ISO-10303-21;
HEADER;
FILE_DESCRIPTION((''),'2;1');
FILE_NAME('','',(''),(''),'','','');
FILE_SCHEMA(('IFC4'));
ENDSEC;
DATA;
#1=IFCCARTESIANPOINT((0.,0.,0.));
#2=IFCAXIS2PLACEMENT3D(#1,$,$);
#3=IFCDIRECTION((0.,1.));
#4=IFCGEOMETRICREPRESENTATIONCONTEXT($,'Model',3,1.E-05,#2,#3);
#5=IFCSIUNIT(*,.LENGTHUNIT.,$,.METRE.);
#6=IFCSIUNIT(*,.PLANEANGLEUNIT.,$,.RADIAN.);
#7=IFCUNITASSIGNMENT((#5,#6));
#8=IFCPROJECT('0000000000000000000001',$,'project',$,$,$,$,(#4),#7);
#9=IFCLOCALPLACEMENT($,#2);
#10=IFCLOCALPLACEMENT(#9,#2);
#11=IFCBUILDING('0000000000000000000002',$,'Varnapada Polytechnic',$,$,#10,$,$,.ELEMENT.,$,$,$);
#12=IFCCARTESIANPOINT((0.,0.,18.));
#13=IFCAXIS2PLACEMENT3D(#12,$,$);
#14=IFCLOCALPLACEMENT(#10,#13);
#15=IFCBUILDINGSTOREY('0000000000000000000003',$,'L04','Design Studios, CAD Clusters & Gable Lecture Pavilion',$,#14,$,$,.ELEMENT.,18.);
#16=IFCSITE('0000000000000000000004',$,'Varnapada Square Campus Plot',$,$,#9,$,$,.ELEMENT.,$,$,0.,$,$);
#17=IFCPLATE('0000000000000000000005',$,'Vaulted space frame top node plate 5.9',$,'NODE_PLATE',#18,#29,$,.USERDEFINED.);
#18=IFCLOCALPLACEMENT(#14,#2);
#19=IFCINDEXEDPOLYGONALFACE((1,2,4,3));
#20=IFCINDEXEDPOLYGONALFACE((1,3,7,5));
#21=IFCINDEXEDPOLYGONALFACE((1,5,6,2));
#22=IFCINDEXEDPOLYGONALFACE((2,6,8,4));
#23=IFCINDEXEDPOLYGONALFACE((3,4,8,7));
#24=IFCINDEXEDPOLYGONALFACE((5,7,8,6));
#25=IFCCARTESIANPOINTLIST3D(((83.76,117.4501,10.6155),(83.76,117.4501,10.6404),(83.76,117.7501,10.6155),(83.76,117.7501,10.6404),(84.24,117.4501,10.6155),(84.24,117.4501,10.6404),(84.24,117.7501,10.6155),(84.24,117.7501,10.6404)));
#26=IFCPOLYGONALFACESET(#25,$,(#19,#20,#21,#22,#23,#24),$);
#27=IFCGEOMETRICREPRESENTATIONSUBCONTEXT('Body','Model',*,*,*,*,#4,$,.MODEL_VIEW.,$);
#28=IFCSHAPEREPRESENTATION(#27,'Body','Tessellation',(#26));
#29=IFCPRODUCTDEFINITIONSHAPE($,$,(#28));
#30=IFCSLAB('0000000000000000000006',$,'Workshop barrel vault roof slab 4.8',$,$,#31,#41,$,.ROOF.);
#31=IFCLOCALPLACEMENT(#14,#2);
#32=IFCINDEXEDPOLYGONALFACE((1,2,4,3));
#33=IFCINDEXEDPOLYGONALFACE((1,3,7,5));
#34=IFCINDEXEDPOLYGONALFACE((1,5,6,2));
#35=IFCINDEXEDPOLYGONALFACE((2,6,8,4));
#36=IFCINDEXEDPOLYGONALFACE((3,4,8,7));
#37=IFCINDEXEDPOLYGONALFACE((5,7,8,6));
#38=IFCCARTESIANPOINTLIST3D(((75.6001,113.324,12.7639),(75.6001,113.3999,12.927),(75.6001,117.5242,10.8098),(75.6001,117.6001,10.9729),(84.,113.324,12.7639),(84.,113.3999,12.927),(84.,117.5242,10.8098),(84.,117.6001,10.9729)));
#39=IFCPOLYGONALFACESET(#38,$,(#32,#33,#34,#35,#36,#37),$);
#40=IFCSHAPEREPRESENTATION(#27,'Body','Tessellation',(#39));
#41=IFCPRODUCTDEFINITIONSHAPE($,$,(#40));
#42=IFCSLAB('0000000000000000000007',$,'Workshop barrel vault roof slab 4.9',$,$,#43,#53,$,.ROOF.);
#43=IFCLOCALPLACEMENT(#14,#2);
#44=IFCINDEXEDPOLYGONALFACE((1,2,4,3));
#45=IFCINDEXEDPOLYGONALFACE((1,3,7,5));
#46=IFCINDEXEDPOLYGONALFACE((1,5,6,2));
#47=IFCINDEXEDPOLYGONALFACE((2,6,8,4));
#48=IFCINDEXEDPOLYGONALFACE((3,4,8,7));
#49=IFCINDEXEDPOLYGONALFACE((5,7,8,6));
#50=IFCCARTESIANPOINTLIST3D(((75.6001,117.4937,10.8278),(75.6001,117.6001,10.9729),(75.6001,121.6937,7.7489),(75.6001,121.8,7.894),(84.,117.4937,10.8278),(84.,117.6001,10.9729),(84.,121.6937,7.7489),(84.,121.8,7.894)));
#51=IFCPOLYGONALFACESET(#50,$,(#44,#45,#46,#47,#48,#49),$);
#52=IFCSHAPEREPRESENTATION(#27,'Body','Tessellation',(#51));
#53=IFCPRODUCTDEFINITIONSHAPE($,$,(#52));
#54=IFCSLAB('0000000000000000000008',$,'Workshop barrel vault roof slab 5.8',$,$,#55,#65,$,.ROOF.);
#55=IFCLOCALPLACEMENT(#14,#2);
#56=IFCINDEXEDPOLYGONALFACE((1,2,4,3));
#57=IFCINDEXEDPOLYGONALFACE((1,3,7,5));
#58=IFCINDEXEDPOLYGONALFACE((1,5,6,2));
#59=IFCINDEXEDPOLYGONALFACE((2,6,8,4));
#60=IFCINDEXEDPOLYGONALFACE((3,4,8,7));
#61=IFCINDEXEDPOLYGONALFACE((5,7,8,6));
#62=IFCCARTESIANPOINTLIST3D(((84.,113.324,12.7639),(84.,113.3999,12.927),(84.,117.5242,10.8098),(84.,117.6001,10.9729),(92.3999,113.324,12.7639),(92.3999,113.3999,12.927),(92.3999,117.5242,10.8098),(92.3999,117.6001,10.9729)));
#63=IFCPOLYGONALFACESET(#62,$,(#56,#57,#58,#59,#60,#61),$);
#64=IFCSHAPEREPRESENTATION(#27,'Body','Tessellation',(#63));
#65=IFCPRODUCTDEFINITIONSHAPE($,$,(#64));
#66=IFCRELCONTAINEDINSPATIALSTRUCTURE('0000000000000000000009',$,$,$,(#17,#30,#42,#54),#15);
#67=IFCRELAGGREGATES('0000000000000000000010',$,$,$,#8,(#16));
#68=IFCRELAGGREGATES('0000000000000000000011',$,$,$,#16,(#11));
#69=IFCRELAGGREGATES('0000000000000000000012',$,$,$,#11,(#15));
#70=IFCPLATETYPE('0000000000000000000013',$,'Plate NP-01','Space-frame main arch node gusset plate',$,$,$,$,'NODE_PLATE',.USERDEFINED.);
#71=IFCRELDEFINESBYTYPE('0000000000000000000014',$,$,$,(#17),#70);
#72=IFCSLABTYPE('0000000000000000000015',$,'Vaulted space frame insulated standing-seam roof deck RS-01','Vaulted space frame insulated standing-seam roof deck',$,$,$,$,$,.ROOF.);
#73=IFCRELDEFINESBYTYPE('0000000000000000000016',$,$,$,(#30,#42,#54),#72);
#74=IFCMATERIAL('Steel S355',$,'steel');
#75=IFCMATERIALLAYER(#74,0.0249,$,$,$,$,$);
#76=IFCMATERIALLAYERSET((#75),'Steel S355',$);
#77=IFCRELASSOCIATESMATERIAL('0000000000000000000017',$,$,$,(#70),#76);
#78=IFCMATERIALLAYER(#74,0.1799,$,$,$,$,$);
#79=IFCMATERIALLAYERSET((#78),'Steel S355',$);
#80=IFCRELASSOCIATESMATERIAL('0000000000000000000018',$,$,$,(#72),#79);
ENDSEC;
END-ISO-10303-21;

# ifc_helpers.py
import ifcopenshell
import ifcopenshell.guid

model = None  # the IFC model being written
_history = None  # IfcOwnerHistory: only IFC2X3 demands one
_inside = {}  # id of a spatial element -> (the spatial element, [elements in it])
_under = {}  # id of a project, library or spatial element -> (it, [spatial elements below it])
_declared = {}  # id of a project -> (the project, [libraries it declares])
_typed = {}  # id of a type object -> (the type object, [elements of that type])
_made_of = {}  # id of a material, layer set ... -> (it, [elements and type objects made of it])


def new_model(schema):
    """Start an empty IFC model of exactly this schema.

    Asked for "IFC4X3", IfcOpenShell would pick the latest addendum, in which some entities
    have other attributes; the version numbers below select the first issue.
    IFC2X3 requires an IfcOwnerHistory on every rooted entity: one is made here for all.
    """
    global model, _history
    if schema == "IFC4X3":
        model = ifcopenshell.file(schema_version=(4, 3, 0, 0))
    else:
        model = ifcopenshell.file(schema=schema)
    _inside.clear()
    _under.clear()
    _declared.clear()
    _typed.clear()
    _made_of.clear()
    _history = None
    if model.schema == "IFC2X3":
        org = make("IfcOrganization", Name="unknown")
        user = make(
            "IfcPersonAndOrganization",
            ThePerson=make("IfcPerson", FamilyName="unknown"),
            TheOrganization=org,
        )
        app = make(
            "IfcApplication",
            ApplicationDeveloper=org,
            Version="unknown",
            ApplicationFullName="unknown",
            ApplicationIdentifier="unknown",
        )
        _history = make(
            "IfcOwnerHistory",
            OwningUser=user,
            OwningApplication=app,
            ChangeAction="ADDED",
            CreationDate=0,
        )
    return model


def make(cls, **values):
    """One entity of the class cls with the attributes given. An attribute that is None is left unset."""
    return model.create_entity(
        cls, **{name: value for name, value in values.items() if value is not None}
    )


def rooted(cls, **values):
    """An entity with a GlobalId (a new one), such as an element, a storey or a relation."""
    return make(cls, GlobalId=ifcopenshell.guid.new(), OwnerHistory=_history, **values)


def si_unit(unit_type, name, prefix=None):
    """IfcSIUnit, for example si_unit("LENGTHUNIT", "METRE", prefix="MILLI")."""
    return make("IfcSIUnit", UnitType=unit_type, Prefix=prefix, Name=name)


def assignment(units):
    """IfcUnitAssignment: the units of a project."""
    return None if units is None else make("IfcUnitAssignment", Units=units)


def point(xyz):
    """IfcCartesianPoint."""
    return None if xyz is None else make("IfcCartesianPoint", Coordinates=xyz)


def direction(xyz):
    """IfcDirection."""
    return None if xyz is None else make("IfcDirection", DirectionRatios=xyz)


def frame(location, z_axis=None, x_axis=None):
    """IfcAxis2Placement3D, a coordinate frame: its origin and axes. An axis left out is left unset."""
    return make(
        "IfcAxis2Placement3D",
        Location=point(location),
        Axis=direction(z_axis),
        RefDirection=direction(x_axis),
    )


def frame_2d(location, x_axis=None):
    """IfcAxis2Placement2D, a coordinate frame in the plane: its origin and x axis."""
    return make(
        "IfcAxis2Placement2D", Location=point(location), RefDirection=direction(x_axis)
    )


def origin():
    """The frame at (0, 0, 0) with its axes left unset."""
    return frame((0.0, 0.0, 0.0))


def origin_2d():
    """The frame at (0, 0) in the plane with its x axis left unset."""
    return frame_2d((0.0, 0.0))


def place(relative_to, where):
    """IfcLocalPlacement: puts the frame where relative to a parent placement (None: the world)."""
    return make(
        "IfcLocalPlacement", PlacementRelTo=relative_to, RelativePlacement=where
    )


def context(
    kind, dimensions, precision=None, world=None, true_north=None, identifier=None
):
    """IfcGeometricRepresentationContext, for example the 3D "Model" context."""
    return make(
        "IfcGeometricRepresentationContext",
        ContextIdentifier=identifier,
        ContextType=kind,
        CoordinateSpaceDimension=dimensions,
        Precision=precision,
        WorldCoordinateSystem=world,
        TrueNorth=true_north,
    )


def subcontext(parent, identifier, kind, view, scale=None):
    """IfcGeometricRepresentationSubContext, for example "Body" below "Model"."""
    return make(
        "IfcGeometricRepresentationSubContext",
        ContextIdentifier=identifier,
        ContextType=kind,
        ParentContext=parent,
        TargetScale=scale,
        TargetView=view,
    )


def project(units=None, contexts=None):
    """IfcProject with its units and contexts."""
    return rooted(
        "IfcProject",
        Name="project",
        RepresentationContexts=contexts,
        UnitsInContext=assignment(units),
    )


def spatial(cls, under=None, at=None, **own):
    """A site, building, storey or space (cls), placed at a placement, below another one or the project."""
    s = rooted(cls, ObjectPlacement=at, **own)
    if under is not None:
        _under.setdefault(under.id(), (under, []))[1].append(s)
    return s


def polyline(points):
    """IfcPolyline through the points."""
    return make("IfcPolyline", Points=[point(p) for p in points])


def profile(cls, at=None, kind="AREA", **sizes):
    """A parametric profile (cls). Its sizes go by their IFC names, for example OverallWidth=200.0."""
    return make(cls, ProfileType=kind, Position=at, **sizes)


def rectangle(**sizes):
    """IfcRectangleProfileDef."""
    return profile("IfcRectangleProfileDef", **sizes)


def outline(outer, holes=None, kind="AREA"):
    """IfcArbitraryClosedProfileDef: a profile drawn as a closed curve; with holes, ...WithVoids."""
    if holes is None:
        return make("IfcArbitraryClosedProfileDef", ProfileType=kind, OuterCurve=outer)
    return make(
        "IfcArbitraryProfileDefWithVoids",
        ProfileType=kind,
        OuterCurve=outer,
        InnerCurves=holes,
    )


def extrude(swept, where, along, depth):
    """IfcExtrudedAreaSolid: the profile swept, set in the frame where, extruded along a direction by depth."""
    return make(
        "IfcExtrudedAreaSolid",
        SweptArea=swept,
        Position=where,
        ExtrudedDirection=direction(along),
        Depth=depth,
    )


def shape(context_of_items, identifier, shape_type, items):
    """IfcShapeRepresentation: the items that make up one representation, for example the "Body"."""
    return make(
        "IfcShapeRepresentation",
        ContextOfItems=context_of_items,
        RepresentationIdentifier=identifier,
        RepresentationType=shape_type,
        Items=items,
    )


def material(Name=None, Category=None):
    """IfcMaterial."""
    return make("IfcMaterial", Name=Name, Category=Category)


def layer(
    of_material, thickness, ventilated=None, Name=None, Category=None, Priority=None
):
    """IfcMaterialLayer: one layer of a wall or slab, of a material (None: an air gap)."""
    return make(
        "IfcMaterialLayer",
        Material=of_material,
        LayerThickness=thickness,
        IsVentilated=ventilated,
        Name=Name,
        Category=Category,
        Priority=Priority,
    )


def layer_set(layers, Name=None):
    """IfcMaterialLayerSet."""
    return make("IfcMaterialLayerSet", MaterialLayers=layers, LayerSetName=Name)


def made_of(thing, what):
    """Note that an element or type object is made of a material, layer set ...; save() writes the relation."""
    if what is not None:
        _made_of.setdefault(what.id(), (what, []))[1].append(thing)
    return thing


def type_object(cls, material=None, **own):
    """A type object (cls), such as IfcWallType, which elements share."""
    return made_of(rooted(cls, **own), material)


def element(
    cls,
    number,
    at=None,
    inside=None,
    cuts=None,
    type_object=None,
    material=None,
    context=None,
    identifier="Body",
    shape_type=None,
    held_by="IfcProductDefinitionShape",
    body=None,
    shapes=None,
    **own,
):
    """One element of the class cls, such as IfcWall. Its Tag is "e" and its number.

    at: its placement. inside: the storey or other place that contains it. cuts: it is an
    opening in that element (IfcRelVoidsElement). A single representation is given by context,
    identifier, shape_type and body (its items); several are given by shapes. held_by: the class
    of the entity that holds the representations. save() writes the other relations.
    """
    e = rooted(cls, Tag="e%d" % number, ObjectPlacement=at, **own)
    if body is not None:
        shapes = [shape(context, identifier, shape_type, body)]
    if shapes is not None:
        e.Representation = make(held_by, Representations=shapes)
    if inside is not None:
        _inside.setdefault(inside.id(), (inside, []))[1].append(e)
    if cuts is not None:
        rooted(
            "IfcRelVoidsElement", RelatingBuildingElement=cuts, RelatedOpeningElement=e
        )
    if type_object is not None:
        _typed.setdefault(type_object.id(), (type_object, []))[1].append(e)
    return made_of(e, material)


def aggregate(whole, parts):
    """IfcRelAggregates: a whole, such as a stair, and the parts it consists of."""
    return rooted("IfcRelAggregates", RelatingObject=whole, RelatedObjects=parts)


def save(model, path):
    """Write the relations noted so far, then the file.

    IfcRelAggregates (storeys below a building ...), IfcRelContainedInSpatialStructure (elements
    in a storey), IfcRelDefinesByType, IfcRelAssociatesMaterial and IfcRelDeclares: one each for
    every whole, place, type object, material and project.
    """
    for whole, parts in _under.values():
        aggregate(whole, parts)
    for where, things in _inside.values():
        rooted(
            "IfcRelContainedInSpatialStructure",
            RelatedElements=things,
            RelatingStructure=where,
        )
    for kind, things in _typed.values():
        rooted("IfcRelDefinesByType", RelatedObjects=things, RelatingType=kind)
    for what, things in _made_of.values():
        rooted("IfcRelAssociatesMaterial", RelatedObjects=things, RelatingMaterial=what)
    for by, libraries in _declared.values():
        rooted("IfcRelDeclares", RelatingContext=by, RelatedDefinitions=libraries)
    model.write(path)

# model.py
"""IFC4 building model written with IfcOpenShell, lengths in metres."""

from ifc_helpers import new_model, si_unit, direction, frame, origin, origin_2d, place, context, subcontext, project, spatial, polyline, rectangle, outline, extrude, material, layer, layer_set, type_object, element, save


model = new_model("IFC4")

# Units and contexts
model_context = context("Model", 3, precision=1e-05, world=origin(), true_north=direction((0.0, 1.0)))
body_context = subcontext(model_context, "Body", "Model", "MODEL_VIEW")
ifc_project = project(units=[si_unit("LENGTHUNIT", "METRE"), si_unit("PLANEANGLEUNIT", "RADIAN")], contexts=[model_context])

# Site, building, storey
site_placement = place(None, origin())
site = spatial("IfcSite", under=ifc_project, at=site_placement, Name="Varnapada Square Campus Plot", CompositionType="ELEMENT", RefElevation=0.0)
building_placement = place(site_placement, origin())
building = spatial("IfcBuilding", under=site, at=building_placement, Name="Varnapada Polytechnic", CompositionType="ELEMENT")
storey_placement = place(building_placement, frame((0.0, 0.0, 18.0)))
storey = spatial("IfcBuildingStorey", under=building, at=storey_placement, Name="L04", Description="Design Studios, CAD Clusters & Gable Lecture Pavilion", CompositionType="ELEMENT", Elevation=18.0)

# Shared definitions
ifc_material = material(Name="Steel S355", Category="steel")

# Plate
ifc_layer_1 = layer(ifc_material, 0.0249)
ifc_layer_set_1 = layer_set([ifc_layer_1], Name="Steel S355")
plate_type = type_object("IfcPlateType", Name="Plate NP-01", Description="Space-frame main arch node gusset plate", ElementType="NODE_PLATE", PredefinedType="USERDEFINED", material=ifc_layer_set_1)
for number, where, z_axis, x_axis, name in (
    (1, (84.0, 117.6001, 10.6155), (0.0, 0.0, 1.0), (1.0, 0.0, 0.0), "Vaulted space frame top node plate 5.9"),
):
    element("IfcPlate", number, at=place(storey_placement, frame(where, z_axis=z_axis, x_axis=x_axis)), inside=storey, type_object=plate_type, Name=name, ObjectType="NODE_PLATE", PredefinedType="USERDEFINED", context=body_context, shape_type="SweptSolid", body=[
        extrude(rectangle(XDim=0.48, YDim=0.3, at=origin_2d()), origin(), (0.0, 0.0, 1.0), 0.0249),
    ])

# Slabs
ifc_layer_2 = layer(ifc_material, 0.1799)
ifc_layer_set_2 = layer_set([ifc_layer_2], Name="Steel S355")
slab_type = type_object("IfcSlabType", Name="Vaulted space frame insulated standing-seam roof deck RS-01", Description="Vaulted space frame insulated standing-seam roof deck", PredefinedType="ROOF", material=ifc_layer_set_2)
slab_1_placement = place(storey_placement, frame((75.6001, 113.3999, 12.927), z_axis=(0.0, 0.421823, 0.906678), x_axis=(1.0, 0.0, 0.0)))
element("IfcSlab", 2, at=slab_1_placement, inside=storey, type_object=slab_type, Name="Workshop barrel vault roof slab 4.8", PredefinedType="ROOF", context=body_context, shape_type="SweptSolid", body=[
    extrude(outline(polyline([(0.0, 0.0), (8.3999, 0.0), (8.3999, 4.6325), (0.0, 4.6325), (0.0, 0.0)])), origin(), (0.0, 0.0, -1.0), 0.1799),
])
slab_2_placement = place(storey_placement, frame((75.6001, 117.6001, 10.9729), z_axis=(0.0, 0.591225, 0.806506), x_axis=(1.0, 0.0, 0.0)))
element("IfcSlab", 3, at=slab_2_placement, inside=storey, type_object=slab_type, Name="Workshop barrel vault roof slab 4.9", PredefinedType="ROOF", context=body_context, shape_type="SweptSolid", body=[
    extrude(outline(polyline([(0.0, 0.0), (8.3999, 0.0), (8.3999, 5.2076), (0.0, 5.2076), (0.0, 0.0)])), origin(), (0.0, 0.0, -1.0), 0.1799),
])
slab_3_placement = place(storey_placement, frame((84.0, 113.3999, 12.927), z_axis=(0.0, 0.421823, 0.906678), x_axis=(1.0, 0.0, 0.0)))
element("IfcSlab", 4, at=slab_3_placement, inside=storey, type_object=slab_type, Name="Workshop barrel vault roof slab 5.8", PredefinedType="ROOF", context=body_context, shape_type="SweptSolid", body=[
    extrude(outline(polyline([(0.0, 0.0), (8.3999, 0.0), (8.3999, 4.6325), (0.0, 4.6325), (0.0, 0.0)])), origin(), (0.0, 0.0, -1.0), 0.1799),
])

save(model, "model.ifc")
